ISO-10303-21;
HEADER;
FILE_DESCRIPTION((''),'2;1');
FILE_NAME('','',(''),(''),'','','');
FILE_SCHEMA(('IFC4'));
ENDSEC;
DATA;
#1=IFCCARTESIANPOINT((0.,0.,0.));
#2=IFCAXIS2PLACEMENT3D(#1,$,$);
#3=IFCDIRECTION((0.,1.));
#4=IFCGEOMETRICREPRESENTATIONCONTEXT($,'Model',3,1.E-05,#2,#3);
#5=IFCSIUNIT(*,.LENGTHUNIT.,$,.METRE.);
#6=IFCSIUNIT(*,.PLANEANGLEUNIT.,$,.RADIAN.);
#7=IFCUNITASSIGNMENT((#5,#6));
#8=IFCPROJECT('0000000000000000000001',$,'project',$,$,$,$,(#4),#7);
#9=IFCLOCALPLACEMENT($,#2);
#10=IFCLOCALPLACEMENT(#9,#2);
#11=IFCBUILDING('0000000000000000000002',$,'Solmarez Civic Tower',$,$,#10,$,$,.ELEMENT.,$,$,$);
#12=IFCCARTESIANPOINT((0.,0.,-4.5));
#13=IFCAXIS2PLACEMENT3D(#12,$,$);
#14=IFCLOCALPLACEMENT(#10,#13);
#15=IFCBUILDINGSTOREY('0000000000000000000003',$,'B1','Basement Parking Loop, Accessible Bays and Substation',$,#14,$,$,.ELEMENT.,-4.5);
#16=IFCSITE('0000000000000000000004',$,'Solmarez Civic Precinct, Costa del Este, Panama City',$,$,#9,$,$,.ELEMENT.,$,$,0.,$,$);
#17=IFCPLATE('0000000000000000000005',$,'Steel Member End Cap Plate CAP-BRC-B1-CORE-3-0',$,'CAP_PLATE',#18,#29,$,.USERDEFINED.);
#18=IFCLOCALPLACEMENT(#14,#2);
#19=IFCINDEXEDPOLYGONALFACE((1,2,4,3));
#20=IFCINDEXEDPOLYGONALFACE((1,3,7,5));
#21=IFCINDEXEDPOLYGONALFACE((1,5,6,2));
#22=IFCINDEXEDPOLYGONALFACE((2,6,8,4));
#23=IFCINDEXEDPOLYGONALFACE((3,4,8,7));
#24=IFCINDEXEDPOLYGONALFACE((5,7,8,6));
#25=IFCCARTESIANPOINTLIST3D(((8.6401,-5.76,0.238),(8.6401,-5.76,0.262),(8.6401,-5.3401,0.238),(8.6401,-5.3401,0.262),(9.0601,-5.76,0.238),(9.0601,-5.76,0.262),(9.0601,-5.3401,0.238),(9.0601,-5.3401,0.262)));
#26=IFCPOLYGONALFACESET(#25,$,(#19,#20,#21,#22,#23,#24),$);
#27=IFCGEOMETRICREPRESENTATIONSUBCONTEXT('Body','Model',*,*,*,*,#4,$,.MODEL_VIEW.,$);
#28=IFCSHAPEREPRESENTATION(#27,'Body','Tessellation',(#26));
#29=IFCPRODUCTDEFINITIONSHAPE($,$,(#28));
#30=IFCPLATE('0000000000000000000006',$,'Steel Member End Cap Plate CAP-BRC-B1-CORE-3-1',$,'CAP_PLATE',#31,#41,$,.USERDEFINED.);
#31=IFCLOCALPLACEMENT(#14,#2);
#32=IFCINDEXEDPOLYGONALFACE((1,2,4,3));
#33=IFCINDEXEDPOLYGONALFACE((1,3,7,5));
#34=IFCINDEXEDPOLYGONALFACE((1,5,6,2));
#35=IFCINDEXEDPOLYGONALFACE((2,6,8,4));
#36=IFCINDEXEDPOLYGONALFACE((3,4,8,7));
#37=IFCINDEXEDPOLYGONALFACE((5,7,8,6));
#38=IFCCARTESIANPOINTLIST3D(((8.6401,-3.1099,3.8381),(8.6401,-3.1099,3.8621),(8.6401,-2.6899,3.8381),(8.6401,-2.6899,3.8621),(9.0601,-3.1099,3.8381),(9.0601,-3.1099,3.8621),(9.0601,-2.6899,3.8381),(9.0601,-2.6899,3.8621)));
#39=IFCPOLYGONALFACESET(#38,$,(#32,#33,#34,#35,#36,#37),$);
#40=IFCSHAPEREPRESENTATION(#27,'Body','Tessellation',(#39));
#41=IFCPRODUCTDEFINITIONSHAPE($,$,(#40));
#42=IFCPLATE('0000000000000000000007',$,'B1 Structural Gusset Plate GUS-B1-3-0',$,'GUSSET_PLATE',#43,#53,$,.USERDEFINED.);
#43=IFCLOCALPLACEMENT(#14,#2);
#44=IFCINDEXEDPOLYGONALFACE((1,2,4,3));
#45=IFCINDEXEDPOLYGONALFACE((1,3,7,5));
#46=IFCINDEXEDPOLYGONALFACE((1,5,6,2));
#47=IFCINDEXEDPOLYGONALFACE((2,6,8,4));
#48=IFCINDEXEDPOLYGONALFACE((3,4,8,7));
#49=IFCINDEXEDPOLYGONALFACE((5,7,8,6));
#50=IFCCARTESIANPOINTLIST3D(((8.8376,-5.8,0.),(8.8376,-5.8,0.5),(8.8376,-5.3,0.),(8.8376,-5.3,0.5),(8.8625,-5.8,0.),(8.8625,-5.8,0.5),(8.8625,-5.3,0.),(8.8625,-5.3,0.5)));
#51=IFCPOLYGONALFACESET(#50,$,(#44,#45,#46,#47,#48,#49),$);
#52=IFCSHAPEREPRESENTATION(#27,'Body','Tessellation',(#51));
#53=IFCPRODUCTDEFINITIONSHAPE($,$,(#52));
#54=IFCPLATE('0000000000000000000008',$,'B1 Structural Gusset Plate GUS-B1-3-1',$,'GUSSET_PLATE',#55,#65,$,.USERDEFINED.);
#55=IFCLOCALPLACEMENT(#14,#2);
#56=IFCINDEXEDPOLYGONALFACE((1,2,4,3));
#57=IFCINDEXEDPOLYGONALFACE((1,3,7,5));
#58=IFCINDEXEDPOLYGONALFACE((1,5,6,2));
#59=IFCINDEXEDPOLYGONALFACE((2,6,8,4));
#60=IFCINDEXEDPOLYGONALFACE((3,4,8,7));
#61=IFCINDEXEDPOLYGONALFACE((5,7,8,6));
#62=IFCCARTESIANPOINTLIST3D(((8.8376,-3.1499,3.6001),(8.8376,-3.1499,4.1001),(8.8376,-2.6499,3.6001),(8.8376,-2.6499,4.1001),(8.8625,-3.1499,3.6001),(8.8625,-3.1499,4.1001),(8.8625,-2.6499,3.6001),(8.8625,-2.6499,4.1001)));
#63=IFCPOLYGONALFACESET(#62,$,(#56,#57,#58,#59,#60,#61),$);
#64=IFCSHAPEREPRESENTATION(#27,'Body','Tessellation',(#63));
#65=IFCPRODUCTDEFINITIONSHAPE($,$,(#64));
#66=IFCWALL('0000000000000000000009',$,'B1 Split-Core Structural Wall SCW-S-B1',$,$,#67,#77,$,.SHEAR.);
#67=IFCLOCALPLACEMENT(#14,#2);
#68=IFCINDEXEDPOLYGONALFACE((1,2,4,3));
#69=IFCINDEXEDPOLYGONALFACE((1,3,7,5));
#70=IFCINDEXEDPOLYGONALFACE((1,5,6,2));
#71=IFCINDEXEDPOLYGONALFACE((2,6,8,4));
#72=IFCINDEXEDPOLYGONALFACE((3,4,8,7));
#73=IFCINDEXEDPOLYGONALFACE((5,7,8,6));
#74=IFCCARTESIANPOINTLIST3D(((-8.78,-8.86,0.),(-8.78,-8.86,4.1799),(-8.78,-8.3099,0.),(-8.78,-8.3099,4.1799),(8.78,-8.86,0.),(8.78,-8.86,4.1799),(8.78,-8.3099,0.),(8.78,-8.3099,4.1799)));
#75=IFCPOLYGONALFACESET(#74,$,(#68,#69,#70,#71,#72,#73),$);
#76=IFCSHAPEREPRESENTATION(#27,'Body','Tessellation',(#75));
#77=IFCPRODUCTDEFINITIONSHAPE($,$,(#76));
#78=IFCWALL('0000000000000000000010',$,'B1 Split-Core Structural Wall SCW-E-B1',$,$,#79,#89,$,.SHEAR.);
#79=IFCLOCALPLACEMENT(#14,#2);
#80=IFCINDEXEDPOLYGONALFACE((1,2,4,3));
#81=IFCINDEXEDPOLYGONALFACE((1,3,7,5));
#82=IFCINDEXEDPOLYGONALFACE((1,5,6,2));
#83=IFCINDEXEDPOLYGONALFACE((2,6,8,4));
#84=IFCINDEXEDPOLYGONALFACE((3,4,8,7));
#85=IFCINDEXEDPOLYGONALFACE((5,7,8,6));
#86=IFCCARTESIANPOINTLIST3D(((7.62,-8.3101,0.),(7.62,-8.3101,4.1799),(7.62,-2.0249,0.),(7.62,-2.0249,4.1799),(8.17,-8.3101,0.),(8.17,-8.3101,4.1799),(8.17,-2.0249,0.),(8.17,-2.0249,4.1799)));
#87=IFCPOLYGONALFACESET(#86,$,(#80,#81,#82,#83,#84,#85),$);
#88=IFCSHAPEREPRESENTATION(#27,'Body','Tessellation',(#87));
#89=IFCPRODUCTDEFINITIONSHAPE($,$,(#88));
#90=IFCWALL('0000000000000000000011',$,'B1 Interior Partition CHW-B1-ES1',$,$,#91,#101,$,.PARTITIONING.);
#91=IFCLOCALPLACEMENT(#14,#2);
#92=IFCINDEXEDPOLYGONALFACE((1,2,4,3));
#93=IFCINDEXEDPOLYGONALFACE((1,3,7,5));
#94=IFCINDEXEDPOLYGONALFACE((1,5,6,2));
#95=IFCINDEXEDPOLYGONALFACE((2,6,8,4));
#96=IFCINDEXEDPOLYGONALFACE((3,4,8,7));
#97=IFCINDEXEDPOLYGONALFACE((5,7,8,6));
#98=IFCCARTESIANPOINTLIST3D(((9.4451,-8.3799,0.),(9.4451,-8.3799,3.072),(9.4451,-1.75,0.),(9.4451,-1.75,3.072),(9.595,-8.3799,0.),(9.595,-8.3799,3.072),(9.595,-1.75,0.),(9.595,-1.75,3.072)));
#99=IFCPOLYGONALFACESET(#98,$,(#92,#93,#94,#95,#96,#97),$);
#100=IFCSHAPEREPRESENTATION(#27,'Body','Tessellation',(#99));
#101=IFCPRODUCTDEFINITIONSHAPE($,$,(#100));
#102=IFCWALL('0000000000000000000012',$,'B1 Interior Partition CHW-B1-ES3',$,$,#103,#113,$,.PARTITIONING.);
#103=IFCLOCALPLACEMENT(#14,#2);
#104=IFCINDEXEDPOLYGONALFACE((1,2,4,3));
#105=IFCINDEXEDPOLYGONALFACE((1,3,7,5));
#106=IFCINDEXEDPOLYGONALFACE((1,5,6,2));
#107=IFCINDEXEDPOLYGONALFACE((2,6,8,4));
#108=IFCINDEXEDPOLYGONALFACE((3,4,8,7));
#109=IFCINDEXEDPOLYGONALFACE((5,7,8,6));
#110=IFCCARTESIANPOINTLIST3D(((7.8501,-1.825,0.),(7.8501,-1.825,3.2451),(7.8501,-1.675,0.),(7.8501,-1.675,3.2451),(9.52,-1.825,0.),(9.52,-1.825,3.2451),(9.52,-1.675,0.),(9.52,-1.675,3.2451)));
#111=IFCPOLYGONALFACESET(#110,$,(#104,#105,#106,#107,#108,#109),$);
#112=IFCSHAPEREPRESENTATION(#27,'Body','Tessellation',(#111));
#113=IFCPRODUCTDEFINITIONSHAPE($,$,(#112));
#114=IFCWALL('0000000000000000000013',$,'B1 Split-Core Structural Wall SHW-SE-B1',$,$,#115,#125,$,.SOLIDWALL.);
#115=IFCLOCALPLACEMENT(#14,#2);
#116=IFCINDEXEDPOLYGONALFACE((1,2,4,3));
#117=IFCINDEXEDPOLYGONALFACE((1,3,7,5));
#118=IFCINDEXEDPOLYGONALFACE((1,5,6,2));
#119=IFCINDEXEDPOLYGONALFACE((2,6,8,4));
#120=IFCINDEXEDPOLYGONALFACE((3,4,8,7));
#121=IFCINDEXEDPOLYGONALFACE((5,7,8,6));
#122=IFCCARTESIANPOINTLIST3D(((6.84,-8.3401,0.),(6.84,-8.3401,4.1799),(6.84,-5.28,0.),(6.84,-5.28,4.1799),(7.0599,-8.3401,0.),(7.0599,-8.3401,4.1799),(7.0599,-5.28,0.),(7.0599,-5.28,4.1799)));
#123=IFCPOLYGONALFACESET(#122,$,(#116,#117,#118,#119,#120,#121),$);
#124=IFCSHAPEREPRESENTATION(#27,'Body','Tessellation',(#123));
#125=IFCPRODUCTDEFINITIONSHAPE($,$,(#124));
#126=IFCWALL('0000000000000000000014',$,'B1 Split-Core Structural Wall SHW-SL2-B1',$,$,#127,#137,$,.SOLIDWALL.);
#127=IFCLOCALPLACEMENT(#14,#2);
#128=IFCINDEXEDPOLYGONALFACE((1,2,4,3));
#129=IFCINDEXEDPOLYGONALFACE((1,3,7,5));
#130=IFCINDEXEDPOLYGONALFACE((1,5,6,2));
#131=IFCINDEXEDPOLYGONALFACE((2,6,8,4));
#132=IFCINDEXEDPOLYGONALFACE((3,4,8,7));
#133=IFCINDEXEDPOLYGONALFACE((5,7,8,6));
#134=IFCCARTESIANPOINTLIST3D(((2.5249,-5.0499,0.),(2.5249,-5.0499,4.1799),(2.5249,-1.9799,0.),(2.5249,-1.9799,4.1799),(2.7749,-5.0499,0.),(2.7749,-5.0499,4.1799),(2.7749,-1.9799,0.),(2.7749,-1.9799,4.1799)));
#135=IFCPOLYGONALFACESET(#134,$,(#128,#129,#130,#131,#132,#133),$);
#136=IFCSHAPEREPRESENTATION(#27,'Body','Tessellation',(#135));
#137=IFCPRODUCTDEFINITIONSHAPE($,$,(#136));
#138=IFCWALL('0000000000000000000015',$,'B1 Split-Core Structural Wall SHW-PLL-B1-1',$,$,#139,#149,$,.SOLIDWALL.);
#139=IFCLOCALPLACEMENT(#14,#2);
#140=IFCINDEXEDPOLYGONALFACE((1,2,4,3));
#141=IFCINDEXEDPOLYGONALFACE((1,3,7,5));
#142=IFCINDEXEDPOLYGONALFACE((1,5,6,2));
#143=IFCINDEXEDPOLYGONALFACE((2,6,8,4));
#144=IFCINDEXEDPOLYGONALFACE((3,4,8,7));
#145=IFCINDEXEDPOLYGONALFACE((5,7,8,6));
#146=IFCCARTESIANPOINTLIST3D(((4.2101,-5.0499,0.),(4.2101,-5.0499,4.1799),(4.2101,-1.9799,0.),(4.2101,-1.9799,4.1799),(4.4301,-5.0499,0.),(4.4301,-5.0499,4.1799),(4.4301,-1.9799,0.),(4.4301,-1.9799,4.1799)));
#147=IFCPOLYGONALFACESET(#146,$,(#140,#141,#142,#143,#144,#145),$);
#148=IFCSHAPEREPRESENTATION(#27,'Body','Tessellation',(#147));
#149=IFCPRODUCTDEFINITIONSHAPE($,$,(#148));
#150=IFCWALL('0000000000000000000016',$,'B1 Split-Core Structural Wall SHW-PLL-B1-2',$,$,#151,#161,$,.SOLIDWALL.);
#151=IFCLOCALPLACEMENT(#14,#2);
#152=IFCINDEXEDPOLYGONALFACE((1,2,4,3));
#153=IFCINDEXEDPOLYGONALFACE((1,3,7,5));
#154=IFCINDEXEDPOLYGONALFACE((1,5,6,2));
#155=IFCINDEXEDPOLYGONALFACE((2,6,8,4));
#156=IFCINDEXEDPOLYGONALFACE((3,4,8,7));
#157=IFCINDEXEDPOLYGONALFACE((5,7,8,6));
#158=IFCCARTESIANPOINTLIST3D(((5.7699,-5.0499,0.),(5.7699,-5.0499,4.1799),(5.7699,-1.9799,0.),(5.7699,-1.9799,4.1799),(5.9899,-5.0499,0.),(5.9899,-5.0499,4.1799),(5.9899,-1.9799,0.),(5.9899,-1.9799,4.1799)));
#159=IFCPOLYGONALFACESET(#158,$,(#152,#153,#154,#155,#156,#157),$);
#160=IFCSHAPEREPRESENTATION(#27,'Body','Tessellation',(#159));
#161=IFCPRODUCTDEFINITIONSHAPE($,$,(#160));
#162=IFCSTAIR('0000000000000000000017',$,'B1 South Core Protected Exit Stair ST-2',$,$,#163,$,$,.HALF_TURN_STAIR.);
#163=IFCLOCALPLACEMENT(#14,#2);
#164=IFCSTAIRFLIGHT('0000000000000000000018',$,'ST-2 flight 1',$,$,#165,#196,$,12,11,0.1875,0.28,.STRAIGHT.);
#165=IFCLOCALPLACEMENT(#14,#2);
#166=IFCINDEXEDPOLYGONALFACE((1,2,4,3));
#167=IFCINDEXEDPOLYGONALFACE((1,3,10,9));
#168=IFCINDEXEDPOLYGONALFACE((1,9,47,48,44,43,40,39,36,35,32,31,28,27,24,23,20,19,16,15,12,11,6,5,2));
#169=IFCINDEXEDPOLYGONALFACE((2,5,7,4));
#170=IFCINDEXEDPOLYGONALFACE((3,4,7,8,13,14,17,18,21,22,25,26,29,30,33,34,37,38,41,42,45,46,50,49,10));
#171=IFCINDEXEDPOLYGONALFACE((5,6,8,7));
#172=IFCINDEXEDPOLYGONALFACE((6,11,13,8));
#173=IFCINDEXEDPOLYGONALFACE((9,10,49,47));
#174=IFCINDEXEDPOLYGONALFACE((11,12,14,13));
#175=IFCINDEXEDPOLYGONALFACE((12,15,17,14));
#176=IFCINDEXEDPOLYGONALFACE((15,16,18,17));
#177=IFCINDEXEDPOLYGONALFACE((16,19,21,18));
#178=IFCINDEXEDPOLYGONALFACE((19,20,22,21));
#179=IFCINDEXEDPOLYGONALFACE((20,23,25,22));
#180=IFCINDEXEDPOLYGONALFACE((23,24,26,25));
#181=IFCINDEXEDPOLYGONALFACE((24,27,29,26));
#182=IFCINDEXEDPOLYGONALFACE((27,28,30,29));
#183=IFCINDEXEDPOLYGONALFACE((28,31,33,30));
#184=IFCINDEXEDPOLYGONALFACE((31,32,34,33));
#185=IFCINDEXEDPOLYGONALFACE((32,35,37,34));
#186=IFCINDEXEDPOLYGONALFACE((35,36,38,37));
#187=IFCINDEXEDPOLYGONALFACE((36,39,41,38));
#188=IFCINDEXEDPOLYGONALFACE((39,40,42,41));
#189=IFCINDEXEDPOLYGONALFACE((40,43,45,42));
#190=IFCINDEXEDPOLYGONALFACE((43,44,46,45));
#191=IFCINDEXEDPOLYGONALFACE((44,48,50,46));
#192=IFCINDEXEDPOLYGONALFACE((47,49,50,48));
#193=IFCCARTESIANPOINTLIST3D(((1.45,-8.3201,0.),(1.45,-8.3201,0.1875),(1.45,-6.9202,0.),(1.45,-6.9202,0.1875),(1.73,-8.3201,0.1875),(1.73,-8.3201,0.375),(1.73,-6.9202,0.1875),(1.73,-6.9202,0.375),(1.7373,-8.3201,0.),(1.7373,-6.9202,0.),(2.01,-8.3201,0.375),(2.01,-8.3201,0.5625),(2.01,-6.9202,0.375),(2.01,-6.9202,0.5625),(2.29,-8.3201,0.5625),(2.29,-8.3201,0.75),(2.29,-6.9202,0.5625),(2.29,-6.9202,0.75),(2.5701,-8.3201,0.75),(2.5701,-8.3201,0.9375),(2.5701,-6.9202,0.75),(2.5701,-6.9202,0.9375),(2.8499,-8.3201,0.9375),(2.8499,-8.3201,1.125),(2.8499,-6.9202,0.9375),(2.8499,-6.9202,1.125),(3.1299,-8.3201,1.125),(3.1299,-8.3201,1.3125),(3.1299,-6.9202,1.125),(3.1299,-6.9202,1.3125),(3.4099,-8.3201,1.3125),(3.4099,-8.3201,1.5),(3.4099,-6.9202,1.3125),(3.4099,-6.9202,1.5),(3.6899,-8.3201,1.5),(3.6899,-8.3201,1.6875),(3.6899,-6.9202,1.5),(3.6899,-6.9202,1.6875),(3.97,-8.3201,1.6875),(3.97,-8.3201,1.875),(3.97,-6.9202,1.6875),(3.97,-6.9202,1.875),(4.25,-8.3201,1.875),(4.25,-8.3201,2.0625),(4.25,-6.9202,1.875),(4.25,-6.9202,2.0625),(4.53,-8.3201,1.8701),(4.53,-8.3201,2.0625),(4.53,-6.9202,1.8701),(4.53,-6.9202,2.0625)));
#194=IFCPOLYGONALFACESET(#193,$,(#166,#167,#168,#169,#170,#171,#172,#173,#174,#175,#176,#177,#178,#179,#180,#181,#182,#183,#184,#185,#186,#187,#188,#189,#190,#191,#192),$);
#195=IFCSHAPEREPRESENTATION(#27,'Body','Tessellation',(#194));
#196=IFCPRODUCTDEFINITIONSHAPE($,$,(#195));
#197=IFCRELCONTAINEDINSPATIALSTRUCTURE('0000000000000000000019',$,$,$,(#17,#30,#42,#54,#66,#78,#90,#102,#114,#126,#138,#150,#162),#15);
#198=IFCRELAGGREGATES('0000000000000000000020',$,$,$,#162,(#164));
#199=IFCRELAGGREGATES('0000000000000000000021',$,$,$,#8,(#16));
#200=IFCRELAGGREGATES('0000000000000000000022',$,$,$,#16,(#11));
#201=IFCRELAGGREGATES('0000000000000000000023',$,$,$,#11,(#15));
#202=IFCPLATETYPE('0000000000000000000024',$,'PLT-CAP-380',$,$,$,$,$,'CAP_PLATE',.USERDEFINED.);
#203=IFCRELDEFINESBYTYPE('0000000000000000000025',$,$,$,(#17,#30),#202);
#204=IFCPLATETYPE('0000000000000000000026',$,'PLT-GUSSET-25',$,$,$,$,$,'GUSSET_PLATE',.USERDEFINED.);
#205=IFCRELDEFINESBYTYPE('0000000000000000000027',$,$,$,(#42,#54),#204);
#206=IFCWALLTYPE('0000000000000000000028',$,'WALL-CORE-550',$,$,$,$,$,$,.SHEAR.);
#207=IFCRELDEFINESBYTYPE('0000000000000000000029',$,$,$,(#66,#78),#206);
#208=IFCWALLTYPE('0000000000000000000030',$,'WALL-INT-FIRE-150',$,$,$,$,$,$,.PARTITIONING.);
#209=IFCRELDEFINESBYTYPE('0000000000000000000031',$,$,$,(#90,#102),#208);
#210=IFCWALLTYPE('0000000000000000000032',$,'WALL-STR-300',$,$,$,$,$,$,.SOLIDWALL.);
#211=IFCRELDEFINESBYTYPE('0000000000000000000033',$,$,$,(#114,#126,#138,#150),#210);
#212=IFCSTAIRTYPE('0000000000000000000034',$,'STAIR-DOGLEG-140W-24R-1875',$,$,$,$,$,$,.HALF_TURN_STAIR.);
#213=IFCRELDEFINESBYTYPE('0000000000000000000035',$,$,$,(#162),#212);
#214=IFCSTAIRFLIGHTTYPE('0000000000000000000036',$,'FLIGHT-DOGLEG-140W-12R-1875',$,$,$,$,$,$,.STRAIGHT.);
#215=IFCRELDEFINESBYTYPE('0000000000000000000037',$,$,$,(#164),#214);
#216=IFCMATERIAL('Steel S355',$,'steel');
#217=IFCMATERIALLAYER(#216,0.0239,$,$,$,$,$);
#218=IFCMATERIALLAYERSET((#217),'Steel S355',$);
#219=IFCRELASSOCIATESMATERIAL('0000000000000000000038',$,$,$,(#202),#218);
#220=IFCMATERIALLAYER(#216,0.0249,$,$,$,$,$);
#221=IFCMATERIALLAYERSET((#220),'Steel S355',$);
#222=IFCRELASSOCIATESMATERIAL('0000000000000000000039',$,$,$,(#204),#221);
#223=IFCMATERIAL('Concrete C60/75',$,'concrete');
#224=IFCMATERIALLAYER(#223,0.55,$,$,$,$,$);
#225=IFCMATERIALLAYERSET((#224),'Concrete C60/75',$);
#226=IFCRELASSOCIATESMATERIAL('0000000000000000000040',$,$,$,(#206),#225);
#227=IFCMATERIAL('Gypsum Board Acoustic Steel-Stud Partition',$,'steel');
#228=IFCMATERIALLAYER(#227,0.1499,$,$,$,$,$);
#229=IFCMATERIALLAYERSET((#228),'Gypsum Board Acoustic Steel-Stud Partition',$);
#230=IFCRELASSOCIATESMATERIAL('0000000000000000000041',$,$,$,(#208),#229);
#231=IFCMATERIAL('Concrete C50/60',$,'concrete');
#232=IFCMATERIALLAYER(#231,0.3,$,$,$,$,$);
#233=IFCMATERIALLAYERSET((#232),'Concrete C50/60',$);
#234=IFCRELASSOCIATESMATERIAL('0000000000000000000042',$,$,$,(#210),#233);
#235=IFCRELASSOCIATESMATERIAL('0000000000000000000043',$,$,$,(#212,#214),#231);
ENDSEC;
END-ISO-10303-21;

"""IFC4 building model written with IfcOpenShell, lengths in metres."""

from ifc_helpers import new_model, si_unit, direction, frame, frame_2d, origin, origin_2d, place, context, subcontext, project, spatial, polyline, rectangle, outline, extrude, material, layer, layer_set, type_object, element, aggregate, save


model = new_model("IFC4")

# Units and contexts
model_context = context("Model", 3, precision=1e-05, world=origin(), true_north=direction((0.0, 1.0)))
body_context = subcontext(model_context, "Body", "Model", "MODEL_VIEW")
ifc_project = project(units=[si_unit("LENGTHUNIT", "METRE"), si_unit("PLANEANGLEUNIT", "RADIAN")], contexts=[model_context])

# Site, building, storey
site_placement = place(None, origin())
site = spatial("IfcSite", under=ifc_project, at=site_placement, Name="Solmarez Civic Precinct, Costa del Este, Panama City", CompositionType="ELEMENT", RefElevation=0.0)
building_placement = place(site_placement, origin())
building = spatial("IfcBuilding", under=site, at=building_placement, Name="Solmarez Civic Tower", CompositionType="ELEMENT")
storey_placement = place(building_placement, frame((0.0, 0.0, -4.5)))
storey = spatial("IfcBuildingStorey", under=building, at=storey_placement, Name="B1", Description="Basement Parking Loop, Accessible Bays and Substation", CompositionType="ELEMENT", Elevation=-4.5)

# Shared definitions
ifc_material_1 = material(Name="Steel S355", Category="steel")
ifc_material_2 = material(Name="Concrete C60/75", Category="concrete")

# Shared definitions
ifc_material_3 = material(Name="Concrete C50/60", Category="concrete")

# Plates
ifc_layer_1 = layer(ifc_material_1, 0.0239)
ifc_layer_set_1 = layer_set([ifc_layer_1], Name="Steel S355")
plate_type_1 = type_object("IfcPlateType", Name="PLT-CAP-380", ElementType="CAP_PLATE", PredefinedType="USERDEFINED", material=ifc_layer_set_1)
for number, where, z_axis, x_axis, name in (
    (1, (8.8501, -5.55, 0.238), (0.0, 0.0, 1.0), (1.0, 0.0, 0.0), "Steel Member End Cap Plate CAP-BRC-B1-CORE-3-0"),
    (2, (8.8501, -2.8999, 3.8381), (0.0, 0.0, 1.0), (1.0, 0.0, 0.0), "Steel Member End Cap Plate CAP-BRC-B1-CORE-3-1"),
):
    element("IfcPlate", number, at=place(storey_placement, frame(where, z_axis=z_axis, x_axis=x_axis)), inside=storey, type_object=plate_type_1, Name=name, ObjectType="CAP_PLATE", PredefinedType="USERDEFINED", context=body_context, shape_type="SweptSolid", body=[
        extrude(rectangle(XDim=0.4199, YDim=0.4199, at=origin_2d()), origin(), (0.0, 0.0, 1.0), 0.0239),
    ])
ifc_layer_2 = layer(ifc_material_1, 0.0249)
ifc_layer_set_2 = layer_set([ifc_layer_2], Name="Steel S355")
plate_type_2 = type_object("IfcPlateType", Name="PLT-GUSSET-25", ElementType="GUSSET_PLATE", PredefinedType="USERDEFINED", material=ifc_layer_set_2)
for number, where, z_axis, x_axis, name in (
    (3, (8.8501, -5.55, 0.0), (0.0, 0.0, 1.0), (0.0, 1.0, 0.0), "B1 Structural Gusset Plate GUS-B1-3-0"),
    (4, (8.8501, -2.8999, 3.6001), (0.0, 0.0, 1.0), (0.0, 1.0, 0.0), "B1 Structural Gusset Plate GUS-B1-3-1"),
):
    element("IfcPlate", number, at=place(storey_placement, frame(where, z_axis=z_axis, x_axis=x_axis)), inside=storey, type_object=plate_type_2, Name=name, ObjectType="GUSSET_PLATE", PredefinedType="USERDEFINED", context=body_context, shape_type="SweptSolid", body=[
        extrude(rectangle(XDim=0.5, YDim=0.0249, at=origin_2d()), origin(), (0.0, 0.0, 1.0), 0.5),
    ])

# Walls
ifc_layer_3 = layer(ifc_material_2, 0.55)
ifc_layer_set_3 = layer_set([ifc_layer_3], Name="Concrete C60/75")
wall_type_1 = type_object("IfcWallType", Name="WALL-CORE-550", PredefinedType="SHEAR", material=ifc_layer_set_3)
wall_1_placement = place(storey_placement, frame((8.78, -8.585, 0.0), z_axis=(0.0, 0.0, 1.0), x_axis=(-1.0, 0.0, 0.0)))
element("IfcWall", 5, at=wall_1_placement, inside=storey, type_object=wall_type_1, Name="B1 Split-Core Structural Wall SCW-S-B1", PredefinedType="SHEAR", context=body_context, shape_type="SweptSolid", body=[
    extrude(rectangle(XDim=17.5601, YDim=0.55, at=frame_2d((8.78, 0.0))), origin(), (0.0, 0.0, 1.0), 4.1799),
])
wall_2_placement = place(storey_placement, frame((7.895, -2.0249, 0.0), z_axis=(0.0, 0.0, 1.0), x_axis=(0.0, -1.0, 0.0)))
element("IfcWall", 6, at=wall_2_placement, inside=storey, type_object=wall_type_1, Name="B1 Split-Core Structural Wall SCW-E-B1", PredefinedType="SHEAR", context=body_context, shape_type="SweptSolid", body=[
    extrude(rectangle(XDim=6.2852, YDim=0.55, at=frame_2d((3.1426, 0.0))), origin(), (0.0, 0.0, 1.0), 4.1799),
])
ifc_material_4 = material(Name="Gypsum Board Acoustic Steel-Stud Partition", Category="steel")
ifc_layer_4 = layer(ifc_material_4, 0.1499)
ifc_layer_set_4 = layer_set([ifc_layer_4], Name="Gypsum Board Acoustic Steel-Stud Partition")
wall_type_2 = type_object("IfcWallType", Name="WALL-INT-FIRE-150", PredefinedType="PARTITIONING", material=ifc_layer_set_4)
wall_3_placement = place(storey_placement, frame((9.52, -8.3799, 0.0), z_axis=(0.0, 0.0, 1.0), x_axis=(0.0, 1.0, 0.0)))
element("IfcWall", 7, at=wall_3_placement, inside=storey, type_object=wall_type_2, Name="B1 Interior Partition CHW-B1-ES1", PredefinedType="PARTITIONING", context=body_context, shape_type="SweptSolid", body=[
    extrude(rectangle(XDim=6.6299, YDim=0.1499, at=frame_2d((3.3149, 0.0))), origin(), (0.0, 0.0, 1.0), 3.072),
])
wall_4_placement = place(storey_placement, frame((7.8501, -1.75, 0.0), z_axis=(0.0, 0.0, 1.0), x_axis=(1.0, 0.0, 0.0)))
element("IfcWall", 8, at=wall_4_placement, inside=storey, type_object=wall_type_2, Name="B1 Interior Partition CHW-B1-ES3", PredefinedType="PARTITIONING", context=body_context, shape_type="SweptSolid", body=[
    extrude(rectangle(XDim=1.6699, YDim=0.1499, at=frame_2d((0.835, 0.0))), origin(), (0.0, 0.0, 1.0), 3.2451),
])
ifc_layer_5 = layer(ifc_material_3, 0.3)
ifc_layer_set_5 = layer_set([ifc_layer_5], Name="Concrete C50/60")
wall_type_3 = type_object("IfcWallType", Name="WALL-STR-300", PredefinedType="SOLIDWALL", material=ifc_layer_set_5)
wall_5_placement = place(storey_placement, frame((6.95, -8.3401, 0.0), z_axis=(0.0, 0.0, 1.0), x_axis=(0.0, 1.0, 0.0)))
element("IfcWall", 9, at=wall_5_placement, inside=storey, type_object=wall_type_3, Name="B1 Split-Core Structural Wall SHW-SE-B1", PredefinedType="SOLIDWALL", context=body_context, shape_type="SweptSolid", body=[
    extrude(rectangle(XDim=3.0601, YDim=0.22, at=frame_2d((1.53, 0.0))), origin(), (0.0, 0.0, 1.0), 4.1799),
])
wall_6_placement = place(storey_placement, frame((2.6499, -5.05, 0.0), z_axis=(0.0, 0.0, 1.0), x_axis=(0.0, 1.0, 0.0)))
element("IfcWall", 10, at=wall_6_placement, inside=storey, type_object=wall_type_3, Name="B1 Split-Core Structural Wall SHW-SL2-B1", PredefinedType="SOLIDWALL", context=body_context, shape_type="SweptSolid", body=[
    extrude(rectangle(XDim=3.0701, YDim=0.25, at=frame_2d((1.5352, 0.0))), origin(), (0.0, 0.0, 1.0), 4.1799),
])
for number, where, z_axis, x_axis, name in (
    (11, (4.3201, -5.05, 0.0), (0.0, 0.0, 1.0), (0.0, 1.0, 0.0), "B1 Split-Core Structural Wall SHW-PLL-B1-1"),
    (12, (5.8799, -5.05, 0.0), (0.0, 0.0, 1.0), (0.0, 1.0, 0.0), "B1 Split-Core Structural Wall SHW-PLL-B1-2"),
):
    element("IfcWall", number, at=place(storey_placement, frame(where, z_axis=z_axis, x_axis=x_axis)), inside=storey, type_object=wall_type_3, Name=name, PredefinedType="SOLIDWALL", context=body_context, shape_type="SweptSolid", body=[
        extrude(rectangle(XDim=3.0701, YDim=0.22, at=frame_2d((1.5352, 0.0))), origin(), (0.0, 0.0, 1.0), 4.1799),
    ])

# Stair, stair flight
stair_type = type_object("IfcStairType", Name="STAIR-DOGLEG-140W-24R-1875", PredefinedType="HALF_TURN_STAIR", material=ifc_material_3)
stair_placement = place(storey_placement, origin())
stair = element("IfcStair", 13, at=stair_placement, inside=storey, type_object=stair_type, Name="B1 South Core Protected Exit Stair ST-2", PredefinedType="HALF_TURN_STAIR")
stair_flight_type = type_object("IfcStairFlightType", Name="FLIGHT-DOGLEG-140W-12R-1875", PredefinedType="STRAIGHT", material=ifc_material_3)
stair_flight_1_placement = place(storey_placement, frame((1.45, -7.6201, 0.0), z_axis=(0.0, 0.0, 1.0), x_axis=(1.0, 0.0, 0.0)))
stair_flight_1 = element("IfcStairFlight", 14, at=stair_flight_1_placement, type_object=stair_flight_type, Name="ST-2 flight 1", NumberOfRisers=12, NumberOfTreads=11, PredefinedType="STRAIGHT", RiserHeight=0.1875, TreadLength=0.28, context=body_context, shape_type="SweptSolid", body=[
    extrude(outline(polyline([(0.0, 0.0), (0.0, 0.1875), (0.28, 0.1875), (0.28, 0.375), (0.5601, 0.375), (0.5601, 0.5625), (0.8401, 0.5625), (0.8401, 0.75), (1.1201, 0.75), (1.1201, 0.9375), (1.3999, 0.9375), (1.3999, 1.125), (1.6799, 1.125), (1.6799, 1.3125), (1.96, 1.3125), (1.96, 1.5), (2.24, 1.5), (2.24, 1.6875), (2.52, 1.6875), (2.52, 1.875), (2.8, 1.875), (2.8, 2.0625), (3.0801, 2.0625), (3.0801, 2.25), (3.0801, 1.8701), (0.2874, 0.0), (0.0, 0.0)])), frame((0.0, 0.7, 0.0), z_axis=(0.0, -1.0, 0.0), x_axis=(1.0, 0.0, 0.0)), (0.0, 0.0, 1.0), 1.3999),
])
aggregate(stair, [stair_flight_1])

save(model, "model.ifc")
